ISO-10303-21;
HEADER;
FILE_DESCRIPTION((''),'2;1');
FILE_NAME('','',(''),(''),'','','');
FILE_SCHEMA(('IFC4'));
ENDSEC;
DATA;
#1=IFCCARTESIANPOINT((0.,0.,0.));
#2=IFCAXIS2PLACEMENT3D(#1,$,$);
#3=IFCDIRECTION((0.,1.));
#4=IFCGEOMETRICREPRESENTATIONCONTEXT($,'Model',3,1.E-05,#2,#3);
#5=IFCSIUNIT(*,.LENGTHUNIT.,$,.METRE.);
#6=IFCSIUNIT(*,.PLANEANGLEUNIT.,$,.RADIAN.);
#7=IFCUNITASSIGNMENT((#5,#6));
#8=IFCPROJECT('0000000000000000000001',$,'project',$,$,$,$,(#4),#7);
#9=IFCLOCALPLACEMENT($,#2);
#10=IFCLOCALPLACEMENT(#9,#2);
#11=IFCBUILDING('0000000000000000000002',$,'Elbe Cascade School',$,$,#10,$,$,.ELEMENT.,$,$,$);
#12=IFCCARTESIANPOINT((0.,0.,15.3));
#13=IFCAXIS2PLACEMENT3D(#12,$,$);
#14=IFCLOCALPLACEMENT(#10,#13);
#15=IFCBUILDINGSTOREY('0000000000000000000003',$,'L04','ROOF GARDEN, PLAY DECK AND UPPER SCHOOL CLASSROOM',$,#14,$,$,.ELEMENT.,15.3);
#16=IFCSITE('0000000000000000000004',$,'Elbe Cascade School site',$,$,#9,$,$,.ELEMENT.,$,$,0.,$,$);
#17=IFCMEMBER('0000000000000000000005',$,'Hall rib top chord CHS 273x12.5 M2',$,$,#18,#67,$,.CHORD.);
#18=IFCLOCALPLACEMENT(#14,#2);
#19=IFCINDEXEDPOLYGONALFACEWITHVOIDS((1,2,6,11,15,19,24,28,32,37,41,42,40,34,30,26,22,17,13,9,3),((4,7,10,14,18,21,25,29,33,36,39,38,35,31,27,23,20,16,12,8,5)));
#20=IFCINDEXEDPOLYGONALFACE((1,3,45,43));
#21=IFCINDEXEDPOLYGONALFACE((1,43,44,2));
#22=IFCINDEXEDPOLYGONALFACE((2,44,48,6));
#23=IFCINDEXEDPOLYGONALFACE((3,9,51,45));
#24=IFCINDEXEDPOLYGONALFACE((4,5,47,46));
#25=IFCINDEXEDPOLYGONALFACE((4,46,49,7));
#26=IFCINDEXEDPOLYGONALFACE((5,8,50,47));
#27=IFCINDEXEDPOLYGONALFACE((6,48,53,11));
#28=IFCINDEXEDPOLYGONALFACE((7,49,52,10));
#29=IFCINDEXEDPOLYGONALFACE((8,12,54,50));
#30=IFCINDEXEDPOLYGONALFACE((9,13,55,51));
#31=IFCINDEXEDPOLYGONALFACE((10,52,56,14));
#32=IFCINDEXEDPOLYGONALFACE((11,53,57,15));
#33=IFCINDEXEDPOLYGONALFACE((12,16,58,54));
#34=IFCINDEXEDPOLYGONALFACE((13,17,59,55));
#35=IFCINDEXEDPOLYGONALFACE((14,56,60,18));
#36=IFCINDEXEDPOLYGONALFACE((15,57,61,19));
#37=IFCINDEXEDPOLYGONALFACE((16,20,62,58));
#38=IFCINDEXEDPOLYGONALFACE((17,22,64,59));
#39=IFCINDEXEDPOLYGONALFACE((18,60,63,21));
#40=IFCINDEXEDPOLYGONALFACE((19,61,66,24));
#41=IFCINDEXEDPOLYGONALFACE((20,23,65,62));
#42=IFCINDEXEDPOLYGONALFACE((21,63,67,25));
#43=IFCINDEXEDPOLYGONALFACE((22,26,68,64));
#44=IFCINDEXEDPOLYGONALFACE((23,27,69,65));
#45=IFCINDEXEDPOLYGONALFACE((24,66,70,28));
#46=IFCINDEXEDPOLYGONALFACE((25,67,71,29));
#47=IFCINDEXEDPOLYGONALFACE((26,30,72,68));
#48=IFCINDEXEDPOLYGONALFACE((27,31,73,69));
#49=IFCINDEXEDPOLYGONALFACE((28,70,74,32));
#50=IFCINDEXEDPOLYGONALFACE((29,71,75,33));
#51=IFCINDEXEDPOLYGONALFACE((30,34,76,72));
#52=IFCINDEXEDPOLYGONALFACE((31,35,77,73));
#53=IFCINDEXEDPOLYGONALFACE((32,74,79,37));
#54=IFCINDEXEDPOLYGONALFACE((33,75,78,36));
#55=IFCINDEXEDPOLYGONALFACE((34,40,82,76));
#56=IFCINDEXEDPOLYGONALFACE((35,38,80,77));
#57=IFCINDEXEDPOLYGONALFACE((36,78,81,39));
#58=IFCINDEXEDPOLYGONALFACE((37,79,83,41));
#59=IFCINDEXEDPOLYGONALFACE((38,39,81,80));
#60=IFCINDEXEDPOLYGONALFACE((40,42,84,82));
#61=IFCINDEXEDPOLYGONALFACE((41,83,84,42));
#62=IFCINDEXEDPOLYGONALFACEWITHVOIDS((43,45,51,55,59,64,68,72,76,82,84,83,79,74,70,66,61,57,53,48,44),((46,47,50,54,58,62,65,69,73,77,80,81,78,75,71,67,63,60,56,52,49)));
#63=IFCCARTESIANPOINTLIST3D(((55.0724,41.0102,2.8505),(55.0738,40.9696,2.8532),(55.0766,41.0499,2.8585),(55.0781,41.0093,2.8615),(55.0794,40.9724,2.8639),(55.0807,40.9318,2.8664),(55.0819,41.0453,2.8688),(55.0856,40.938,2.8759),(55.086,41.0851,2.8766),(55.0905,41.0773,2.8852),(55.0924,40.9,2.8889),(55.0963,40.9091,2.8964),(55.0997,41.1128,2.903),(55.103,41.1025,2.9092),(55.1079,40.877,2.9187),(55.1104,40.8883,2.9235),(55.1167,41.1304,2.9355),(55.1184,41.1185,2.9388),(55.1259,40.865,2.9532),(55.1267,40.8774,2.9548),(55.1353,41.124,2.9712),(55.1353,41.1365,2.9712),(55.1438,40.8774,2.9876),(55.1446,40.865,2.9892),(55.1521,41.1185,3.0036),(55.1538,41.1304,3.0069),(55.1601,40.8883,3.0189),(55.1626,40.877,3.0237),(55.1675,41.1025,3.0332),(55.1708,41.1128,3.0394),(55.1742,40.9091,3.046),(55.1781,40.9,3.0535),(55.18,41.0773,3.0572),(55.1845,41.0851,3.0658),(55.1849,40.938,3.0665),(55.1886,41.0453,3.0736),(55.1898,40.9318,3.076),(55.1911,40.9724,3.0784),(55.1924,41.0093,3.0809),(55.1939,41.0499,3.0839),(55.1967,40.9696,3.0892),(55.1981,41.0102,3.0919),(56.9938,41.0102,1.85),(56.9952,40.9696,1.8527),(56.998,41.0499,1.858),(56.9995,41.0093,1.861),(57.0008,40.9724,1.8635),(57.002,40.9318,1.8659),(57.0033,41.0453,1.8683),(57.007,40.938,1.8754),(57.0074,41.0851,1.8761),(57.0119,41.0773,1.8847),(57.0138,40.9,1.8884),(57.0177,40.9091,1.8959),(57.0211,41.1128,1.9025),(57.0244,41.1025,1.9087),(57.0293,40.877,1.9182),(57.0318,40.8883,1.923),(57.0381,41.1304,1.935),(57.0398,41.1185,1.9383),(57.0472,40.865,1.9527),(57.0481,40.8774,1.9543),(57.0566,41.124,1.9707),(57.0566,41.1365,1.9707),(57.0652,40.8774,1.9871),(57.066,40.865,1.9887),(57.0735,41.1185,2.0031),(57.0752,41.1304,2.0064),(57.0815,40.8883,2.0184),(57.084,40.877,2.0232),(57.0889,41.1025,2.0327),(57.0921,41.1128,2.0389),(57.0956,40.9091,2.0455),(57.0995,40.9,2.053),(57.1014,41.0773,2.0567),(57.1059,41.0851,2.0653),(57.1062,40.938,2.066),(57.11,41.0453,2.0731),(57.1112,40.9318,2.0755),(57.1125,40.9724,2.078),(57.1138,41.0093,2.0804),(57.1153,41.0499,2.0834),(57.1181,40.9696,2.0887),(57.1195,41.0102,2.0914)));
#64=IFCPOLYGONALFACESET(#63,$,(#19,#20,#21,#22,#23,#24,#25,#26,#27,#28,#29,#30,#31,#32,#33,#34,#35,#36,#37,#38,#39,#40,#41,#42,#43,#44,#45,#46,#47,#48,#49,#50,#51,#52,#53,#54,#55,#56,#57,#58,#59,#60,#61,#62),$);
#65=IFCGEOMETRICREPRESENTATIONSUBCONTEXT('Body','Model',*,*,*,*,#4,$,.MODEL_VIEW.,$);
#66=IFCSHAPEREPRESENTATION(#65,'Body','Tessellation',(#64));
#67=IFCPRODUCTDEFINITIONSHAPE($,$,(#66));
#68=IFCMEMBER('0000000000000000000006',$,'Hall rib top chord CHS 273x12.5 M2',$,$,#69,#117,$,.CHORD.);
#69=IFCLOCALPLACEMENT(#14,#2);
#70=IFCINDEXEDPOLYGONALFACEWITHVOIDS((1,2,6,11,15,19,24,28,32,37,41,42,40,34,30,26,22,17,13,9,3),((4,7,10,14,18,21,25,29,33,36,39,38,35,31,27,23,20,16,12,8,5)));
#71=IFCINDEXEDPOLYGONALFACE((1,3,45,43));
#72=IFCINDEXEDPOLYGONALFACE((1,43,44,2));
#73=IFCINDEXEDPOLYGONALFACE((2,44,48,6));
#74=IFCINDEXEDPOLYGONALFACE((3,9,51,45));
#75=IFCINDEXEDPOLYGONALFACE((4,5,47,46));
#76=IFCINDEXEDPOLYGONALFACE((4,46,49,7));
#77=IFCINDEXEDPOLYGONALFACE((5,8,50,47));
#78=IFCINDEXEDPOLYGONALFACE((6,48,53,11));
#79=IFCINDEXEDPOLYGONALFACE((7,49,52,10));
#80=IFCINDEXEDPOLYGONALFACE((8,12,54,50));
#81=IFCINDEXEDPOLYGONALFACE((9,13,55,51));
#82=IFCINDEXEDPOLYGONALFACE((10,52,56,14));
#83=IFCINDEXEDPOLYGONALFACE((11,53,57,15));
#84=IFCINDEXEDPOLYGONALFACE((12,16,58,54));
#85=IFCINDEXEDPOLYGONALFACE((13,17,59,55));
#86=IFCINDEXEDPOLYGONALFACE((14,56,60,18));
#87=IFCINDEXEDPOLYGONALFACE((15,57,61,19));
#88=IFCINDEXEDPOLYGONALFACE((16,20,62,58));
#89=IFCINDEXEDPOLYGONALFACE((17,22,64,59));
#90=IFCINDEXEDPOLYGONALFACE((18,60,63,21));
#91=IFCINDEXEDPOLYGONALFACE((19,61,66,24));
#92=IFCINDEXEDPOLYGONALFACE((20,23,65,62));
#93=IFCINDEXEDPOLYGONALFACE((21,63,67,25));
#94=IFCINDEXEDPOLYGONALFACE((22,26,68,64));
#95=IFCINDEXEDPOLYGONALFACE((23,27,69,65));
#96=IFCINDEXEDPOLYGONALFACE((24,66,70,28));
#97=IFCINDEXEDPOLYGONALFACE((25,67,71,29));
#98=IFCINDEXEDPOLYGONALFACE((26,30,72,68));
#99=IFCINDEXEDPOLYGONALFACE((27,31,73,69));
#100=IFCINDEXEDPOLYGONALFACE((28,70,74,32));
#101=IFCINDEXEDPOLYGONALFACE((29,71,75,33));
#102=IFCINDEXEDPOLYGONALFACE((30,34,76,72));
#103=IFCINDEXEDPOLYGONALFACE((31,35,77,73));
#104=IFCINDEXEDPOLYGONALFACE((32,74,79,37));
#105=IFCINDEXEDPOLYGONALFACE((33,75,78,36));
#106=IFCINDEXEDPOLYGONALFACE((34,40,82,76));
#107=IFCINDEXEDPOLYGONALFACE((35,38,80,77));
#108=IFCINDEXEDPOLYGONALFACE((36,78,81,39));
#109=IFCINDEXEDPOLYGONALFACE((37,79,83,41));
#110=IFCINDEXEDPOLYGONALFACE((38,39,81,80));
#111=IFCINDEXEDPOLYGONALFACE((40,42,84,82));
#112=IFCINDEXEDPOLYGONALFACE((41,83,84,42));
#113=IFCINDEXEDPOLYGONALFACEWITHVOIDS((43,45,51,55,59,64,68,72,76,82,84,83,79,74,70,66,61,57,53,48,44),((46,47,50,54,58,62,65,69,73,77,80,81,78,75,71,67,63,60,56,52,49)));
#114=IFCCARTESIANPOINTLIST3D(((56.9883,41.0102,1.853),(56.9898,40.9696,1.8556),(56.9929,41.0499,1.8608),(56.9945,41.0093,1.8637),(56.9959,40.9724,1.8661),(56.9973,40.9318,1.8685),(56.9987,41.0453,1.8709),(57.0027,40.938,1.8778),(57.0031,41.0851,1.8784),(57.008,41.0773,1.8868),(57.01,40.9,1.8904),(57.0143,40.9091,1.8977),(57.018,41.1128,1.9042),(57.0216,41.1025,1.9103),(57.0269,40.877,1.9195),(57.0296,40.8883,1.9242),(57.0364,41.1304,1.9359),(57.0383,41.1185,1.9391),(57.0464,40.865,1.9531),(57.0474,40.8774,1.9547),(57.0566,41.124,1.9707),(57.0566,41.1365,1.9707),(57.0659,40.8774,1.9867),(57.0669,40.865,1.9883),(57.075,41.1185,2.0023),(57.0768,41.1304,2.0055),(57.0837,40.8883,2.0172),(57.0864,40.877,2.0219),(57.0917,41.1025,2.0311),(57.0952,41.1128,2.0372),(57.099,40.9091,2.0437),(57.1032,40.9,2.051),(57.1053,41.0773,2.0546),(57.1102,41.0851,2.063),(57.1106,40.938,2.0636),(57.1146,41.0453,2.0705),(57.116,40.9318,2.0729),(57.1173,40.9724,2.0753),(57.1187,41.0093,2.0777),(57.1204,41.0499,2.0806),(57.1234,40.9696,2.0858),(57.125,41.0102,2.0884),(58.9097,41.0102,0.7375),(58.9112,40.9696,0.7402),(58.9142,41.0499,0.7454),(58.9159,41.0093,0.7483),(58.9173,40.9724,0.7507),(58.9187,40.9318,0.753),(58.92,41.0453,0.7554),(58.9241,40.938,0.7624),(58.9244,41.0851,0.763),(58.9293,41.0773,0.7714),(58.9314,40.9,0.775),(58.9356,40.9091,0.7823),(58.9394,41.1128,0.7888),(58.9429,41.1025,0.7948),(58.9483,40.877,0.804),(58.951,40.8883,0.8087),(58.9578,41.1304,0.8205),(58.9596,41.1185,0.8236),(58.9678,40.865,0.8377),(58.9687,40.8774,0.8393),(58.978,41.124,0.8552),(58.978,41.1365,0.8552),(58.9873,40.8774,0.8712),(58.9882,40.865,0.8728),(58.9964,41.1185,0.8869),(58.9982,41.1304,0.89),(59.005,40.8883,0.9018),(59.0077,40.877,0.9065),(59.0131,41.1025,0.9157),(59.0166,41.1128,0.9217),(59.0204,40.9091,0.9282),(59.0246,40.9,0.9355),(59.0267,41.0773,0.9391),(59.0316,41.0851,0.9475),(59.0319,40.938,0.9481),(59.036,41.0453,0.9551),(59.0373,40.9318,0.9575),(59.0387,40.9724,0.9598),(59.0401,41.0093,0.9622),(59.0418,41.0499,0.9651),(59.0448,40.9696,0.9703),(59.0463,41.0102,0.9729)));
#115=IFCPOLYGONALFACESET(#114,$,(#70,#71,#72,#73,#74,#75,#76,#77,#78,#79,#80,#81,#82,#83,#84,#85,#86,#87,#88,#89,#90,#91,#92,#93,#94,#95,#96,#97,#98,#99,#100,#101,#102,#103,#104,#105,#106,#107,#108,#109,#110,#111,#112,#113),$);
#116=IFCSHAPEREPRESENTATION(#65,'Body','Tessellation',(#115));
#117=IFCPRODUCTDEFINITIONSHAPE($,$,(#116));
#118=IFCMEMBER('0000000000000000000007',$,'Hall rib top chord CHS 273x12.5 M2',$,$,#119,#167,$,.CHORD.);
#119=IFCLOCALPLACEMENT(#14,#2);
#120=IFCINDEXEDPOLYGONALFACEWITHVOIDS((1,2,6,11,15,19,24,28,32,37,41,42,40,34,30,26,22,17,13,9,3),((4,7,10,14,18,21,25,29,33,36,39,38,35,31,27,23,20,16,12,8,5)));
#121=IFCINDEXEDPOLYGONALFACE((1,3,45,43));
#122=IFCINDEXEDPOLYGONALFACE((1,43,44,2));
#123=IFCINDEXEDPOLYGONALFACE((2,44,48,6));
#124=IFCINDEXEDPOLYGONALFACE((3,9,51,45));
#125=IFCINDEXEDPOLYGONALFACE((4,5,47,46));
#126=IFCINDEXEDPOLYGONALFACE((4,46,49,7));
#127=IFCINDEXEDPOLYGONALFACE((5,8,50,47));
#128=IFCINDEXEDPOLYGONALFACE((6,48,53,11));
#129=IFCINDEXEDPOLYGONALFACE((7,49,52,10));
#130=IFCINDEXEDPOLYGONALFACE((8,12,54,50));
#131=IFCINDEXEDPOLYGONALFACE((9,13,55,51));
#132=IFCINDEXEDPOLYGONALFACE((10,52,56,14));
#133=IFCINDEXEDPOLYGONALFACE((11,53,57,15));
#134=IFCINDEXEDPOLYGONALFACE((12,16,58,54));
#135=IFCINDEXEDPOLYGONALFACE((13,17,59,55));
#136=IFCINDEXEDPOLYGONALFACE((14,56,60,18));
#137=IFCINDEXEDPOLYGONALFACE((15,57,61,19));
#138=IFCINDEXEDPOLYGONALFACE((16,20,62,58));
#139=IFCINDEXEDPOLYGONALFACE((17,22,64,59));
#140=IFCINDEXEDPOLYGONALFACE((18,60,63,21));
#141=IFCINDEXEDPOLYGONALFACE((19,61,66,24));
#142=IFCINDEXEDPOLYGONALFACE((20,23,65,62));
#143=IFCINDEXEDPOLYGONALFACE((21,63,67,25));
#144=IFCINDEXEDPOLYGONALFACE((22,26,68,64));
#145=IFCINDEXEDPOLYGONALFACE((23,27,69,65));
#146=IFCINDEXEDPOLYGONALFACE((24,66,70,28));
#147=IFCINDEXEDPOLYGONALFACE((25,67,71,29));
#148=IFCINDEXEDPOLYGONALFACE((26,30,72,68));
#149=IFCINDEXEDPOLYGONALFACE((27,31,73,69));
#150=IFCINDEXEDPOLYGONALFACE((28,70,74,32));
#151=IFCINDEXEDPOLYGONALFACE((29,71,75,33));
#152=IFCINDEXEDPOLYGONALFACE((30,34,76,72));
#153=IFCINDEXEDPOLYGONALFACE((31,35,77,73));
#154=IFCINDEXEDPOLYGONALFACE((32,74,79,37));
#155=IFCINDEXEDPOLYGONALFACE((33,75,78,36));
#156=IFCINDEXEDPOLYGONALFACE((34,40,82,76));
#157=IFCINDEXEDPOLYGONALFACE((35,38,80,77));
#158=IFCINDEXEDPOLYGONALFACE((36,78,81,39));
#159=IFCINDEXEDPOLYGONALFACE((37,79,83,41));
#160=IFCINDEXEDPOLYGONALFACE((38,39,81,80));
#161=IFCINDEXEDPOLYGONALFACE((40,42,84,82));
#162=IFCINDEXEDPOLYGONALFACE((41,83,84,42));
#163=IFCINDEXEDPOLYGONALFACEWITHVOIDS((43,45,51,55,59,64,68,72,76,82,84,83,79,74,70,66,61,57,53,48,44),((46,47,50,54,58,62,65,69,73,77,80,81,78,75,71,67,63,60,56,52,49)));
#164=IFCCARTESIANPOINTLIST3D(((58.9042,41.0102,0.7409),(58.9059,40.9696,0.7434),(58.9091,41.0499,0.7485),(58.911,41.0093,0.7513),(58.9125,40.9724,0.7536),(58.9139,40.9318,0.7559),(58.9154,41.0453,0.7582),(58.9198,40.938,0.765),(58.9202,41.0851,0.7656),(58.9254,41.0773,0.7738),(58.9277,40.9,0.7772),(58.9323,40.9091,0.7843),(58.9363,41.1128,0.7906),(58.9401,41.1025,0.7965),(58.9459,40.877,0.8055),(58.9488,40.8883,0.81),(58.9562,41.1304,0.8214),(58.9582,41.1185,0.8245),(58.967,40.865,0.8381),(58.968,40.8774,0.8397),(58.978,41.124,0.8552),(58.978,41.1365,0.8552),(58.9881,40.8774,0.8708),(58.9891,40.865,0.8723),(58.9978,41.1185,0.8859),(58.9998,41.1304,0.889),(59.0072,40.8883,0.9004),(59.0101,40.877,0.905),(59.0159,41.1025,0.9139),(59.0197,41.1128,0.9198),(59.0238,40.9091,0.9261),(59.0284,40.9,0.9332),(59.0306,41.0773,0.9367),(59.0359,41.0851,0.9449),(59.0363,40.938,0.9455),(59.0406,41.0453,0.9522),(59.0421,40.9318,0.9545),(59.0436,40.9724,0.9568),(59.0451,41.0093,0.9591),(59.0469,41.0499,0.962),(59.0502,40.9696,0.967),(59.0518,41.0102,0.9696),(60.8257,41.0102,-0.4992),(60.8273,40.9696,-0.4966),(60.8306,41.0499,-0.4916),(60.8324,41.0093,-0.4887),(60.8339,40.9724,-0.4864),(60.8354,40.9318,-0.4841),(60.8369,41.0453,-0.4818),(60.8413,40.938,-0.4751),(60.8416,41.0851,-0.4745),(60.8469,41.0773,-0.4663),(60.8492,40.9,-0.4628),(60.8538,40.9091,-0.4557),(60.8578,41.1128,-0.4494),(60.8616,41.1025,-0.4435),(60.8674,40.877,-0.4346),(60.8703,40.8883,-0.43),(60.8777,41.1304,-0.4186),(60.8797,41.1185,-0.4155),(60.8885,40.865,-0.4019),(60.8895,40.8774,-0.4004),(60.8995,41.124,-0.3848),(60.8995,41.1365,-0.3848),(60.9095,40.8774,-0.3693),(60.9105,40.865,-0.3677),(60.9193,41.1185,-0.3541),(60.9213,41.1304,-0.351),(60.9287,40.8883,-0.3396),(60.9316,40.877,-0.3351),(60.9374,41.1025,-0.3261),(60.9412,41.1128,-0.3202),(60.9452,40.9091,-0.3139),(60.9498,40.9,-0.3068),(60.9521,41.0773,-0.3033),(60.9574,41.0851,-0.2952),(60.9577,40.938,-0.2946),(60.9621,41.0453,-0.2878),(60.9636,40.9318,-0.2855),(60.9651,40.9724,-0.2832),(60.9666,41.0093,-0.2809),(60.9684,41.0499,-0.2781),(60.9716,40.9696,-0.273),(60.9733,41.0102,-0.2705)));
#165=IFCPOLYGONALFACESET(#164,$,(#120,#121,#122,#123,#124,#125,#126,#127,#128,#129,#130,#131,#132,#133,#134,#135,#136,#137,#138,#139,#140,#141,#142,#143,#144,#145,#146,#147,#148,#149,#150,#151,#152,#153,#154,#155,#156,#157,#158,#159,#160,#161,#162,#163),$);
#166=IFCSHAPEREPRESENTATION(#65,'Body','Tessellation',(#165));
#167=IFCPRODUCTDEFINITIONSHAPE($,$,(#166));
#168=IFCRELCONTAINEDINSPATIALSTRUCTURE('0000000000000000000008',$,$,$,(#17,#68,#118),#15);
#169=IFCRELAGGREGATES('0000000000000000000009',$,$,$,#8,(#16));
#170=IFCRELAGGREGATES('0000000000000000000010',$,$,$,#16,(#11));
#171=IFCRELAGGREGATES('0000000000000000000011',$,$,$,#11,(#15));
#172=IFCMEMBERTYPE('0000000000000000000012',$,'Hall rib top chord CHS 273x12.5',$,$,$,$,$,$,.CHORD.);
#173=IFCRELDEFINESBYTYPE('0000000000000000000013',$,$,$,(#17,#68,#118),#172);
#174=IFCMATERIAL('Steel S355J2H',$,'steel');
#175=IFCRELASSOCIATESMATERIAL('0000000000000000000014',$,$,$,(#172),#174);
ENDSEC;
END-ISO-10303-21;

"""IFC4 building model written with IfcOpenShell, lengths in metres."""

from ifc_helpers import new_model, si_unit, direction, frame, origin, origin_2d, place, context, subcontext, project, spatial, hollow_circle, extrude, material, material_profile, profile_set, type_object, element, save


model = new_model("IFC4")

# Units and contexts
model_context = context("Model", 3, precision=1e-05, world=origin(), true_north=direction((0.0, 1.0)))
body_context = subcontext(model_context, "Body", "Model", "MODEL_VIEW")
ifc_project = project(units=[si_unit("LENGTHUNIT", "METRE"), si_unit("PLANEANGLEUNIT", "RADIAN")], contexts=[model_context])

# Site, building, storey
site_placement = place(None, origin())
site = spatial("IfcSite", under=ifc_project, at=site_placement, Name="Elbe Cascade School site", CompositionType="ELEMENT", RefElevation=0.0)
building_placement = place(site_placement, origin())
building = spatial("IfcBuilding", under=site, at=building_placement, Name="Elbe Cascade School", CompositionType="ELEMENT")
storey_placement = place(building_placement, frame((0.0, 0.0, 15.3)))
storey = spatial("IfcBuildingStorey", under=building, at=storey_placement, Name="L04", Description="ROOF GARDEN, PLAY DECK AND UPPER SCHOOL CLASSROOM", CompositionType="ELEMENT", Elevation=15.3)

# Members
ifc_material_1 = material(Name="Steel S355J2H", Category="steel")
ifc_material_profile_1 = material_profile(ifc_material_1, hollow_circle(Radius=0.1365, WallThickness=0.0125, at=origin_2d()), Name="CHS 273x12.5")
ifc_profile_set_1 = profile_set([ifc_material_profile_1], Name="Steel S355J2H")
member_type_1 = type_object("IfcMemberType", Name="Hall rib top chord CHS 273x12.5", PredefinedType="CHORD", material=ifc_profile_set_1)
member_1_placement = place(storey_placement, frame((55.1353, 41.0, 2.9712), z_axis=(0.886958, 0.0, -0.461849), x_axis=(0.0, 1.0, 0.0)))
element("IfcMember", 1, at=member_1_placement, inside=storey, type_object=member_type_1, Name="Hall rib top chord CHS 273x12.5 M2", PredefinedType="CHORD", context=body_context, shape_type="SweptSolid", body=[
    extrude(hollow_circle(Radius=0.1365, WallThickness=0.0125, at=origin_2d()), origin(), (0.0, 0.0, 1.0), 2.1663),
])
member_2_placement = place(storey_placement, frame((57.0566, 41.0, 1.9707), z_axis=(0.864821, 0.0, -0.50208), x_axis=(0.0, 1.0, 0.0)))
element("IfcMember", 2, at=member_2_placement, inside=storey, type_object=member_type_1, Name="Hall rib top chord CHS 273x12.5 M2", PredefinedType="CHORD", context=body_context, shape_type="SweptSolid", body=[
    extrude(hollow_circle(Radius=0.1365, WallThickness=0.0125, at=origin_2d()), origin(), (0.0, 0.0, 1.0), 2.2217),
])
member_3_placement = place(storey_placement, frame((58.978, 41.0, 0.8552), z_axis=(0.84022, 0.0, -0.542246), x_axis=(0.0, 1.0, 0.0)))
element("IfcMember", 3, at=member_3_placement, inside=storey, type_object=member_type_1, Name="Hall rib top chord CHS 273x12.5 M2", PredefinedType="CHORD", context=body_context, shape_type="SweptSolid", body=[
    extrude(hollow_circle(Radius=0.1365, WallThickness=0.0125, at=origin_2d()), origin(), (0.0, 0.0, 1.0), 2.2869),
])

save(model, "model.ifc")
